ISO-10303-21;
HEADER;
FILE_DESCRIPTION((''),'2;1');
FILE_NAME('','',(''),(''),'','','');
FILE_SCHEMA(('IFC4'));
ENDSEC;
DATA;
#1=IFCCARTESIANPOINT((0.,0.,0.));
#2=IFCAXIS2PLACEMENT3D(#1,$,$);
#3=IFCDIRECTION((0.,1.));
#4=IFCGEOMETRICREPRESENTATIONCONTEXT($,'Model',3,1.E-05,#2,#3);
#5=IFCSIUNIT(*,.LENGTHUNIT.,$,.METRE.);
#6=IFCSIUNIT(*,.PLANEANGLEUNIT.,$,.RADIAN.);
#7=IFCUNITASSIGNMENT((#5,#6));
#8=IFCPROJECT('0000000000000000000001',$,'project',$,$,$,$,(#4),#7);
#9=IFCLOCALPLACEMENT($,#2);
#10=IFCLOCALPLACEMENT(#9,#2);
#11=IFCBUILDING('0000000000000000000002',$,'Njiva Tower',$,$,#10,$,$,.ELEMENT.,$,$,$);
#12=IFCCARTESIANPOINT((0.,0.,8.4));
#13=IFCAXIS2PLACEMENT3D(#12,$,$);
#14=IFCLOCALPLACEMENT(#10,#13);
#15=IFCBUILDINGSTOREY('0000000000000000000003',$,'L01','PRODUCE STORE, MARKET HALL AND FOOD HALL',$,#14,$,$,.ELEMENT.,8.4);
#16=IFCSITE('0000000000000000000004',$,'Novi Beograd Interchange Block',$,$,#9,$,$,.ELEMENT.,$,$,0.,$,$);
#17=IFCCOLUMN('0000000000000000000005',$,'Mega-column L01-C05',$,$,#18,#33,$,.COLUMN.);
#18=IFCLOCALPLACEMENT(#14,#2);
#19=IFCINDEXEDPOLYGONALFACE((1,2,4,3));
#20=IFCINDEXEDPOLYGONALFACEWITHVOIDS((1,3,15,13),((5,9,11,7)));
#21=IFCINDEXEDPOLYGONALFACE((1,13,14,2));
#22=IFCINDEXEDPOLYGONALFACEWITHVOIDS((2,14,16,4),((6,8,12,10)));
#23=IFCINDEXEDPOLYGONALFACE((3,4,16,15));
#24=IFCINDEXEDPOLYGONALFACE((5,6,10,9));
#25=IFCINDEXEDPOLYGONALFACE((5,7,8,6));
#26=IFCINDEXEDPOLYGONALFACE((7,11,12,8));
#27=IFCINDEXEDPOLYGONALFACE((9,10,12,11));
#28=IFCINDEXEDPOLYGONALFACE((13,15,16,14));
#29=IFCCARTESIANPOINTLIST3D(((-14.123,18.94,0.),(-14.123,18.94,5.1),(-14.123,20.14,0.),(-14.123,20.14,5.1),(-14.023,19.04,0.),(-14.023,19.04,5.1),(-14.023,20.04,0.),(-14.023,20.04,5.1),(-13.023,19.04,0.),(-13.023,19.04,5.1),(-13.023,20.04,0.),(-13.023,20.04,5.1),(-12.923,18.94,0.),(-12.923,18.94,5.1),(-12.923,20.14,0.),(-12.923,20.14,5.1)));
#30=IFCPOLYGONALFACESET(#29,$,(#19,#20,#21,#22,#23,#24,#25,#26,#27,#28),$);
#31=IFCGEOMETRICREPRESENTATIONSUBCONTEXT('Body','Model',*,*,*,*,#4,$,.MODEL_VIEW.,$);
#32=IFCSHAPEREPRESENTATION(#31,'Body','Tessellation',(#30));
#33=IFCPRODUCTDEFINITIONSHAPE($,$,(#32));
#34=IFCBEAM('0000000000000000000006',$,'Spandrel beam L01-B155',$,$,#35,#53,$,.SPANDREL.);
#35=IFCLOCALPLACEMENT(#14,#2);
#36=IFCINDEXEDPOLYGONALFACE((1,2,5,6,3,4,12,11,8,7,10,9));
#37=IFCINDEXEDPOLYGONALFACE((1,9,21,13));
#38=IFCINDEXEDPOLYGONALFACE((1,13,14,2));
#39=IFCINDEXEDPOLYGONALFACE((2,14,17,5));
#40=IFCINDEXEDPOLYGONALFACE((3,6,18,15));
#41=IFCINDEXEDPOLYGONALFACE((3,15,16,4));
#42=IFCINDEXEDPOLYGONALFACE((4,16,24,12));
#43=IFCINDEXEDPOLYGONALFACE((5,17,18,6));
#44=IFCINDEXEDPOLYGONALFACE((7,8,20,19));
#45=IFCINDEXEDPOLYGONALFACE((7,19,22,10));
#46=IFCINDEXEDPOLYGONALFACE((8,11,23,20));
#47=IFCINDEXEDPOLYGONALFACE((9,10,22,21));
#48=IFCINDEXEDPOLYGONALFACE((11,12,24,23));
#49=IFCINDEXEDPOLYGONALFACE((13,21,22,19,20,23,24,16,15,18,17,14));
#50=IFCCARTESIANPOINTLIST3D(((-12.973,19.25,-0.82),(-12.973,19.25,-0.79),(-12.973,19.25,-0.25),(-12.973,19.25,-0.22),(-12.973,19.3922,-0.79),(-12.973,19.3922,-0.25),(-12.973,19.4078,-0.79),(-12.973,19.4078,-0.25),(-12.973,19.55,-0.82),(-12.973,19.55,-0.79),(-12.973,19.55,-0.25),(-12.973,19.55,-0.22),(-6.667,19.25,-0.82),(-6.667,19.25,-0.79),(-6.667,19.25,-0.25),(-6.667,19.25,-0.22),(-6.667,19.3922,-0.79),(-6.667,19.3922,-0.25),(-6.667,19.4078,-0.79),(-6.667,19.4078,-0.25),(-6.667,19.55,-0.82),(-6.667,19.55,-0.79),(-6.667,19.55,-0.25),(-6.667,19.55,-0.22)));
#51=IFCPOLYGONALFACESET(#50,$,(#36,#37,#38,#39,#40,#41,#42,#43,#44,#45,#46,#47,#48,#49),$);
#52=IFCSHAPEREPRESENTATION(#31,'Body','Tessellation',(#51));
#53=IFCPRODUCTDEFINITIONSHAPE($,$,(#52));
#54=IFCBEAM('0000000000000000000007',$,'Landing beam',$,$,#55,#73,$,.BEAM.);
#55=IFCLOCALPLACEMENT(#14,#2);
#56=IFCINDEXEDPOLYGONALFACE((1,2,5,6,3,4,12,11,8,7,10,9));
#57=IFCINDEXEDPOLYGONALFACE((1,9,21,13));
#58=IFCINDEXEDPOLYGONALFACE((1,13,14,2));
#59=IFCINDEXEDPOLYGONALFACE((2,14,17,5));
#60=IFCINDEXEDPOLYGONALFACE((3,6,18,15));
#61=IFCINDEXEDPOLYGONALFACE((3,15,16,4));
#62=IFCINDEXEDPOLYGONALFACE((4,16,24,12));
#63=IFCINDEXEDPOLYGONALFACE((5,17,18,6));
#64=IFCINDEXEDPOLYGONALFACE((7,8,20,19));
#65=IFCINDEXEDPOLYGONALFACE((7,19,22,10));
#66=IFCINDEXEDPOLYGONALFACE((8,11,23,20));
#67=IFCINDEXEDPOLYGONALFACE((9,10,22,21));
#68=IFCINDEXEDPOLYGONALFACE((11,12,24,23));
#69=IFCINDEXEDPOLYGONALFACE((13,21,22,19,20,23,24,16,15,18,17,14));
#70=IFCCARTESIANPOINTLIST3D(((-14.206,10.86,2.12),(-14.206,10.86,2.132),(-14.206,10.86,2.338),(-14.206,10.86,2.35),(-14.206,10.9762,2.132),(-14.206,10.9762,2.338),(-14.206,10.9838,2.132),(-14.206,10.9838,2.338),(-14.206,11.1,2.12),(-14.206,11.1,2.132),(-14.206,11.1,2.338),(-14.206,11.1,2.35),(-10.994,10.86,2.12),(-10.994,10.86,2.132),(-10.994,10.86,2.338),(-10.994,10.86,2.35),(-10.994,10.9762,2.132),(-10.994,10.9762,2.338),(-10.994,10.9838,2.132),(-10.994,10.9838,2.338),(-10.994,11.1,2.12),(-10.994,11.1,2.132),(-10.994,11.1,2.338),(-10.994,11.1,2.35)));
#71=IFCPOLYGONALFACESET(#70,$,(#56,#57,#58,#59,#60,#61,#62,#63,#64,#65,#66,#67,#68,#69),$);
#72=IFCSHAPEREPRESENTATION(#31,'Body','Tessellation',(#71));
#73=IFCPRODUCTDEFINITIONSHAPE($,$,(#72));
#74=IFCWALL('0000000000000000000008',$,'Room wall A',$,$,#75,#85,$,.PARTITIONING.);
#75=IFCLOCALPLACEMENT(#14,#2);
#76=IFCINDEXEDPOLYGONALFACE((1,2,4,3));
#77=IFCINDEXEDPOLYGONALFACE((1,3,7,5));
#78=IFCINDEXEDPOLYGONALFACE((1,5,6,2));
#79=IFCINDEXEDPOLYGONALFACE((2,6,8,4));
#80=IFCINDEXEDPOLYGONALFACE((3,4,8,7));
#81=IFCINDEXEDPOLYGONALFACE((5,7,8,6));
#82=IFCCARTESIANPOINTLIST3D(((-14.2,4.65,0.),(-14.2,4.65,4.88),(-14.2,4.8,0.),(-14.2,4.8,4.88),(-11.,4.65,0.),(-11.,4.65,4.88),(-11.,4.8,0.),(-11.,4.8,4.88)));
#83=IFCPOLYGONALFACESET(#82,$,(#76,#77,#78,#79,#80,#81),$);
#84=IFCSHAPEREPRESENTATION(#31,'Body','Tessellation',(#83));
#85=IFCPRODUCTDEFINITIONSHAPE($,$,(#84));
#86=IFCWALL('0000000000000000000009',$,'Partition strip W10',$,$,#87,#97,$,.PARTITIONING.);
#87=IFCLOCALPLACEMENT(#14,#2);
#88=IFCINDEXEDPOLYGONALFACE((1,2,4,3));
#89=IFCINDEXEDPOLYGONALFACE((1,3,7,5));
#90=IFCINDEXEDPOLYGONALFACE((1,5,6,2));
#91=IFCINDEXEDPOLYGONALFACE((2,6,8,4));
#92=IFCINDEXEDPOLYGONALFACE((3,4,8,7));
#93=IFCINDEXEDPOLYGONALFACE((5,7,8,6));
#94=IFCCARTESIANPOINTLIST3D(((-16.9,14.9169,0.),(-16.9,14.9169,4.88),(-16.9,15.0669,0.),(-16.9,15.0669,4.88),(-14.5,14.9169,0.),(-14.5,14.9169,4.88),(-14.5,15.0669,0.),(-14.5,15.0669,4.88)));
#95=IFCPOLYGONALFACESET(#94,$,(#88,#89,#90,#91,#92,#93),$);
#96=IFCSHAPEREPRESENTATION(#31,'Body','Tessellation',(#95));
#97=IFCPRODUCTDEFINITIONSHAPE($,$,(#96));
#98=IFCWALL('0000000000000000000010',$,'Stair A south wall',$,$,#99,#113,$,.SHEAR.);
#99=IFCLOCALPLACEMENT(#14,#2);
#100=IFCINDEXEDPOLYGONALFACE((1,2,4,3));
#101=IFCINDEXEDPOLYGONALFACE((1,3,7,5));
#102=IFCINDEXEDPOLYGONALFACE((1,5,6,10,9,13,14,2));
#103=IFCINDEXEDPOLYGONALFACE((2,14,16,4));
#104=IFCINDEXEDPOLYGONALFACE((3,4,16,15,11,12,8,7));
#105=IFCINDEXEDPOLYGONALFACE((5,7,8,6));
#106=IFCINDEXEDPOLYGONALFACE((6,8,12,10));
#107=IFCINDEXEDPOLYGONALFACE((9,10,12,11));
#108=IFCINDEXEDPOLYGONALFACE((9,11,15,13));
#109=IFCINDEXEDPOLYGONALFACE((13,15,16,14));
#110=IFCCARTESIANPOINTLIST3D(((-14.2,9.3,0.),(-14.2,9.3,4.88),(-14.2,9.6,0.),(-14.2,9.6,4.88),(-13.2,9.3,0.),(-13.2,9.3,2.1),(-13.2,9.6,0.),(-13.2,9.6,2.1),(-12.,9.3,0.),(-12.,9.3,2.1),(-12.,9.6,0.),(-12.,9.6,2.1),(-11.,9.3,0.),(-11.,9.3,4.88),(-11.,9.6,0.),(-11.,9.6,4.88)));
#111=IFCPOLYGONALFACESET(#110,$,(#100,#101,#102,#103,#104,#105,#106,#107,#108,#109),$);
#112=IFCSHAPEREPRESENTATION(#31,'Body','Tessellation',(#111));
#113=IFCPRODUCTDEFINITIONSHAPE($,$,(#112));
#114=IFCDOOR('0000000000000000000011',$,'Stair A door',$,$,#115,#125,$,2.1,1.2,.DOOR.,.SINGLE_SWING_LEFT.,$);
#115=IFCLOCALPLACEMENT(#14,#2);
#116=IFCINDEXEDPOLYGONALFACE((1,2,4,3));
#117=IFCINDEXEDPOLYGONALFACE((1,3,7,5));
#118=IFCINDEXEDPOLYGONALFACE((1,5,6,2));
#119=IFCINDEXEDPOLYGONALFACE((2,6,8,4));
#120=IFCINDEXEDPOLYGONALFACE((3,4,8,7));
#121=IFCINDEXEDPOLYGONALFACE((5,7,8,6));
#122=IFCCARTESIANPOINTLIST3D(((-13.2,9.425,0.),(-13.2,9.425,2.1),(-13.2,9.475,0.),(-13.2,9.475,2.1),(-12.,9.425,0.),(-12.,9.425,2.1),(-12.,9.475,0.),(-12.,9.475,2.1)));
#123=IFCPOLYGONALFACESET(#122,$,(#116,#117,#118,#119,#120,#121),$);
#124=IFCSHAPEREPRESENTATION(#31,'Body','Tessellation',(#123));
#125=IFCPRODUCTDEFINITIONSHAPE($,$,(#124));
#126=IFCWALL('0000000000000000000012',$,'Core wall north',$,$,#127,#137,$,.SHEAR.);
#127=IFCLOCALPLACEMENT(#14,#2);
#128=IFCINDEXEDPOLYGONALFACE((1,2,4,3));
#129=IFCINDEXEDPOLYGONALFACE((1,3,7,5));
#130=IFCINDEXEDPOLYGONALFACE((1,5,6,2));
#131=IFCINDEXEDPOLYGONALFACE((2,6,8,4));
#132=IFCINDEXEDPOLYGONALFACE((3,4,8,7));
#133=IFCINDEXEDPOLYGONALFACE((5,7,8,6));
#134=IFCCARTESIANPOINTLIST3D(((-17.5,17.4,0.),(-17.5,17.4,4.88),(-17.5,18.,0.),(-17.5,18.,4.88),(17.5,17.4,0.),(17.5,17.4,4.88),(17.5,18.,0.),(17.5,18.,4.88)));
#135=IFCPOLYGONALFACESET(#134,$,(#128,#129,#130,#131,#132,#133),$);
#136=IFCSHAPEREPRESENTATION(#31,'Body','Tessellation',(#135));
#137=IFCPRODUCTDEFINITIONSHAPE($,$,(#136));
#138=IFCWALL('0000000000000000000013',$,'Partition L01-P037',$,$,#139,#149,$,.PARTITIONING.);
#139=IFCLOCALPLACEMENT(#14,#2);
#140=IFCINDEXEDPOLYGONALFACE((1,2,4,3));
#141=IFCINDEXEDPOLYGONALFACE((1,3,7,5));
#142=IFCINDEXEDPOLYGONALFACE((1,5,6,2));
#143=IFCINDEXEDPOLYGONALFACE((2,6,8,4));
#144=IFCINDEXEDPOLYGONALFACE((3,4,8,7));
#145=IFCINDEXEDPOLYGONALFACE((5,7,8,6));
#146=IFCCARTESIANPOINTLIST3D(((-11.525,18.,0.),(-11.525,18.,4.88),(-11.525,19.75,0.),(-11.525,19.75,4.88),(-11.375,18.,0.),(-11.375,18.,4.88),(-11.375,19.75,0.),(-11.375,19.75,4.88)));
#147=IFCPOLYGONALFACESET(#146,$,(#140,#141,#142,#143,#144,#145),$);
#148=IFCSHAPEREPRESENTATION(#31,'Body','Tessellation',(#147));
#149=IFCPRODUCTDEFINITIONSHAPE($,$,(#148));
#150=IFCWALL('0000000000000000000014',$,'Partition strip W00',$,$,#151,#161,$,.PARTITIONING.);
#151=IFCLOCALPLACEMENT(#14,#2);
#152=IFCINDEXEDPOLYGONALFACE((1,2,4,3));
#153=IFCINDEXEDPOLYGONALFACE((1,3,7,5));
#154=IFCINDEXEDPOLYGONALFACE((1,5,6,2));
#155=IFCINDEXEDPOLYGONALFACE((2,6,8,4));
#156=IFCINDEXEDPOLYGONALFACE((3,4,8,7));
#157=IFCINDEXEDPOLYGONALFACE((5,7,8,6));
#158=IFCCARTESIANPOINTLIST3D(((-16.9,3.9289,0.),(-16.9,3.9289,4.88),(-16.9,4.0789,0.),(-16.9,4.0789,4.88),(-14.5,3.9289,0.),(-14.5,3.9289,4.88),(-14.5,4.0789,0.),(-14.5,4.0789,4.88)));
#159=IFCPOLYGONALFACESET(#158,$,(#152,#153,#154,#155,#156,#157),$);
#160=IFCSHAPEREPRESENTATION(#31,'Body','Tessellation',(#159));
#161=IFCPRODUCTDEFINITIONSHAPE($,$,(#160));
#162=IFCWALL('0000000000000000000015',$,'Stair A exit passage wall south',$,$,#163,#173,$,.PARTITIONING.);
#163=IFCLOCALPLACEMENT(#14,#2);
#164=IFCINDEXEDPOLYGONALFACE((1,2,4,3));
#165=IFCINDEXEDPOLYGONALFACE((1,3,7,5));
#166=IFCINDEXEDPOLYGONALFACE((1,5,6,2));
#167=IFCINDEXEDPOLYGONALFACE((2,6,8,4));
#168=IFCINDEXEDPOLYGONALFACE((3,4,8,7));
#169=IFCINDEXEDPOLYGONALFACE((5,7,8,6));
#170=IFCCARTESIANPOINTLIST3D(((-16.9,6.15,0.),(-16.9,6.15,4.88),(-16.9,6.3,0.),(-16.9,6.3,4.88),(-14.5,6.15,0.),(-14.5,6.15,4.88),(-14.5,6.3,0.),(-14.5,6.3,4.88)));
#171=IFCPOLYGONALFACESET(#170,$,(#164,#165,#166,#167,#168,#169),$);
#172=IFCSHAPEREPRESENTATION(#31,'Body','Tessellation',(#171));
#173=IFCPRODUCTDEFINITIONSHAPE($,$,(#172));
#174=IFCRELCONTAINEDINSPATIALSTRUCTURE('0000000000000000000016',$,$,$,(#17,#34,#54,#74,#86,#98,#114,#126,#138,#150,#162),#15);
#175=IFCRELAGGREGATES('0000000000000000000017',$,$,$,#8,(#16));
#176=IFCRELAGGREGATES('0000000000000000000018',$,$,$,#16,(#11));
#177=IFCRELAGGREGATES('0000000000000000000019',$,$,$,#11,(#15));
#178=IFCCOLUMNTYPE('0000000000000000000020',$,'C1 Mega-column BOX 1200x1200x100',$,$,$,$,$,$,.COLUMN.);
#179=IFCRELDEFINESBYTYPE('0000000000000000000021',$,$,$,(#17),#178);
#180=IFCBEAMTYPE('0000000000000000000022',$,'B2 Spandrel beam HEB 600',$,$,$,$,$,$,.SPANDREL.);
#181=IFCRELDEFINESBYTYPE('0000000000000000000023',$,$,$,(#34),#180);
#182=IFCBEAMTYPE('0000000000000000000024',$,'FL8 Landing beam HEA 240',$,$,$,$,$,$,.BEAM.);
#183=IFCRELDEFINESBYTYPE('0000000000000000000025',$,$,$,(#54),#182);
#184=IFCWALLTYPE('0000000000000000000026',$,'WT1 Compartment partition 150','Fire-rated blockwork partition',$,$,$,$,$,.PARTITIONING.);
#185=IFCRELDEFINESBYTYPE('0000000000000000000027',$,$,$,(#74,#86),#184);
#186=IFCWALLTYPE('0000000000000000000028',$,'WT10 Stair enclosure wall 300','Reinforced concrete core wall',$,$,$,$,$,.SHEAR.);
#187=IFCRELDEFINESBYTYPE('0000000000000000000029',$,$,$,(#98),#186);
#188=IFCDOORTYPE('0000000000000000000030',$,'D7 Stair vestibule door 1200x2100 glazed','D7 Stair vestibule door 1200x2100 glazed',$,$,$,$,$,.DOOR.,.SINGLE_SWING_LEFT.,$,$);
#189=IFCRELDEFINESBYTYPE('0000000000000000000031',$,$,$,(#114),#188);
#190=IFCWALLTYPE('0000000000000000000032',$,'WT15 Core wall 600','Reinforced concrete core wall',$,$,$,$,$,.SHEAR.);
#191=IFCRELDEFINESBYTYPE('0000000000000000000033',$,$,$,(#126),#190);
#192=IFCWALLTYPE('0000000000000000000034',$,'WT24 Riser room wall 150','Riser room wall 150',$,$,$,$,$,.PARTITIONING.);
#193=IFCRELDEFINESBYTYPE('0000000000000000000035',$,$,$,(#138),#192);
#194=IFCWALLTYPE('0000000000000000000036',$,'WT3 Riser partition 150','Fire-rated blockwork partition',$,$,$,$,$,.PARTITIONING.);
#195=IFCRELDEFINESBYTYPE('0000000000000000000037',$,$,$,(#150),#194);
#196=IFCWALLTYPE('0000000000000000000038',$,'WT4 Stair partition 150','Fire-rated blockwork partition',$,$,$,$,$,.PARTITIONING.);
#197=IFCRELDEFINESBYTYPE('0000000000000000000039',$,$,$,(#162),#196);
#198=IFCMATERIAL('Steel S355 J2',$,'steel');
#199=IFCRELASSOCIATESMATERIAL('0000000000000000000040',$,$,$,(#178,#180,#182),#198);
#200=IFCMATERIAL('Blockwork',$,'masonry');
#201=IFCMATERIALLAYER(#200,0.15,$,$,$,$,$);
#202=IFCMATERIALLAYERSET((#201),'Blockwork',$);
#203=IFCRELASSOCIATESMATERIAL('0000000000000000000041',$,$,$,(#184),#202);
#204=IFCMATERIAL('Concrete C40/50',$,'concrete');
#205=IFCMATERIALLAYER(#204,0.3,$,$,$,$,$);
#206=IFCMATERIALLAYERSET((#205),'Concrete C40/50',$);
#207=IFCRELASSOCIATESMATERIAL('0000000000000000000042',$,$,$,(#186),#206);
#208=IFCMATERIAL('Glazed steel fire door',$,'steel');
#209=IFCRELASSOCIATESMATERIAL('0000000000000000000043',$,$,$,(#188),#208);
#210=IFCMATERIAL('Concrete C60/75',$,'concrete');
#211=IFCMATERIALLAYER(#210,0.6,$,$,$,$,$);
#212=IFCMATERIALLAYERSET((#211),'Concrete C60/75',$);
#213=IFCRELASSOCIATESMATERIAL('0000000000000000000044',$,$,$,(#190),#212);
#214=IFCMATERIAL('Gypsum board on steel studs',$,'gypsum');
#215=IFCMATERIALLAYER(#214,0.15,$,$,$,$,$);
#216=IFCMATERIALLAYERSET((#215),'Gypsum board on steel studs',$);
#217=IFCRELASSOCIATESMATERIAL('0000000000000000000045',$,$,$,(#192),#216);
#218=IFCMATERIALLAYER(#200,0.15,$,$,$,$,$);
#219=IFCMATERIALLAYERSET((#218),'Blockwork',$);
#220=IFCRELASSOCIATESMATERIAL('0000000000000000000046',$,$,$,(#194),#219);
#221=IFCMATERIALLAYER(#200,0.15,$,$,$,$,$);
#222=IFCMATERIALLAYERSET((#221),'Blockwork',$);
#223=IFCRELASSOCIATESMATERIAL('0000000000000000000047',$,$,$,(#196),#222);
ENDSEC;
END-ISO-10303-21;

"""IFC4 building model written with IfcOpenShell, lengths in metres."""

from ifc_helpers import new_model, si_unit, direction, frame, frame_2d, origin, origin_2d, place, context, subcontext, project, spatial, rectangle, hollow_rectangle, i_section, extrude, material, layer, layer_set, material_profile, profile_set, type_object, element, fill, save


model = new_model("IFC4")

# Units and contexts
model_context = context("Model", 3, precision=1e-05, world=origin(), true_north=direction((0.0, 1.0)))
body_context = subcontext(model_context, "Body", "Model", "MODEL_VIEW")
ifc_project = project(units=[si_unit("LENGTHUNIT", "METRE"), si_unit("PLANEANGLEUNIT", "RADIAN")], contexts=[model_context])

# Site, building, storey
site_placement = place(None, origin())
site = spatial("IfcSite", under=ifc_project, at=site_placement, Name="Novi Beograd Interchange Block", CompositionType="ELEMENT", RefElevation=0.0)
building_placement = place(site_placement, origin())
building = spatial("IfcBuilding", under=site, at=building_placement, Name="Njiva Tower", CompositionType="ELEMENT")
storey_placement = place(building_placement, frame((0.0, 0.0, 8.4)))
storey = spatial("IfcBuildingStorey", under=building, at=storey_placement, Name="L01", Description="PRODUCE STORE, MARKET HALL AND FOOD HALL", CompositionType="ELEMENT", Elevation=8.4)

# Column
ifc_material_1 = material(Name="Steel S355 J2", Category="steel")
ifc_material_profile_1 = material_profile(ifc_material_1, hollow_rectangle(XDim=1.2, YDim=1.2, WallThickness=0.1, at=origin_2d()), Name="BOX 1200x1200x100")
ifc_profile_set_1 = profile_set([ifc_material_profile_1], Name="Steel S355 J2")
column_type = type_object("IfcColumnType", Name="C1 Mega-column BOX 1200x1200x100", PredefinedType="COLUMN", material=ifc_profile_set_1)
column_placement = place(storey_placement, frame((-13.523, 19.54, 0.0), z_axis=(0.0, 0.0, 1.0), x_axis=(-1.0, 0.0, 0.0)))
element("IfcColumn", 1, at=column_placement, inside=storey, type_object=column_type, Name="Mega-column L01-C05", PredefinedType="COLUMN", context=body_context, shape_type="SweptSolid", body=[
    extrude(hollow_rectangle(XDim=1.2, YDim=1.2, WallThickness=0.1, at=origin_2d()), origin(), (0.0, 0.0, 1.0), 5.1),
])

# Beams
ifc_material_profile_2 = material_profile(ifc_material_1, i_section(OverallWidth=0.3, OverallDepth=0.6, WebThickness=0.0155, FlangeThickness=0.03, at=origin_2d()), Name="HEB 600")
ifc_profile_set_2 = profile_set([ifc_material_profile_2], Name="Steel S355 J2")
beam_type_1 = type_object("IfcBeamType", Name="B2 Spandrel beam HEB 600", PredefinedType="SPANDREL", material=ifc_profile_set_2)
beam_1_placement = place(storey_placement, frame((-12.973, 19.4, -0.52), z_axis=(1.0, 0.0, 0.0), x_axis=(0.0, 1.0, 0.0)))
element("IfcBeam", 2, at=beam_1_placement, inside=storey, type_object=beam_type_1, Name="Spandrel beam L01-B155", PredefinedType="SPANDREL", context=body_context, shape_type="SweptSolid", body=[
    extrude(i_section(OverallWidth=0.3, OverallDepth=0.6, WebThickness=0.0155, FlangeThickness=0.03, at=origin_2d()), origin(), (0.0, 0.0, 1.0), 6.306),
])
ifc_material_profile_3 = material_profile(ifc_material_1, i_section(OverallWidth=0.24, OverallDepth=0.23, WebThickness=0.0075, FlangeThickness=0.012, at=origin_2d()), Name="HEA240")
ifc_profile_set_3 = profile_set([ifc_material_profile_3], Name="Steel S355 J2")
beam_type_2 = type_object("IfcBeamType", Name="FL8 Landing beam HEA 240", PredefinedType="BEAM", material=ifc_profile_set_3)
beam_2_placement = place(storey_placement, frame((-14.206, 10.98, 2.235), z_axis=(1.0, 0.0, 0.0), x_axis=(0.0, 1.0, 0.0)))
element("IfcBeam", 3, at=beam_2_placement, inside=storey, type_object=beam_type_2, Name="Landing beam", PredefinedType="BEAM", context=body_context, shape_type="SweptSolid", body=[
    extrude(i_section(OverallWidth=0.24, OverallDepth=0.23, WebThickness=0.0075, FlangeThickness=0.012, at=origin_2d()), origin(), (0.0, 0.0, 1.0), 3.212),
])

# Walls
ifc_material_2 = material(Name="Blockwork", Category="masonry")
ifc_layer_1 = layer(ifc_material_2, 0.15)
ifc_layer_set_1 = layer_set([ifc_layer_1], Name="Blockwork")
wall_type_1 = type_object("IfcWallType", Name="WT1 Compartment partition 150", Description="Fire-rated blockwork partition", PredefinedType="PARTITIONING", material=ifc_layer_set_1)
wall_1_placement = place(storey_placement, frame((-14.2, 4.725, 0.0), z_axis=(0.0, 0.0, 1.0), x_axis=(1.0, 0.0, 0.0)))
element("IfcWall", 4, at=wall_1_placement, inside=storey, type_object=wall_type_1, Name="Room wall A", PredefinedType="PARTITIONING", context=body_context, shape_type="SweptSolid", body=[
    extrude(rectangle(XDim=3.2, YDim=0.15, at=frame_2d((1.6, 0.0))), origin(), (0.0, 0.0, 1.0), 4.88),
])
wall_2_placement = place(storey_placement, frame((-16.9, 14.9919, 0.0), z_axis=(0.0, 0.0, 1.0), x_axis=(1.0, 0.0, 0.0)))
element("IfcWall", 5, at=wall_2_placement, inside=storey, type_object=wall_type_1, Name="Partition strip W10", PredefinedType="PARTITIONING", context=body_context, shape_type="SweptSolid", body=[
    extrude(rectangle(XDim=2.4, YDim=0.15, at=frame_2d((1.2, 0.0))), origin(), (0.0, 0.0, 1.0), 4.88),
])

# Wall, opening, door
ifc_material_3 = material(Name="Concrete C40/50", Category="concrete")
ifc_layer_2 = layer(ifc_material_3, 0.3)
ifc_layer_set_2 = layer_set([ifc_layer_2], Name="Concrete C40/50")
wall_type_2 = type_object("IfcWallType", Name="WT10 Stair enclosure wall 300", Description="Reinforced concrete core wall", PredefinedType="SHEAR", material=ifc_layer_set_2)
wall_3_placement = place(storey_placement, frame((-14.2, 9.45, 0.0), z_axis=(0.0, 0.0, 1.0), x_axis=(1.0, 0.0, 0.0)))
wall_3 = element("IfcWall", 6, at=wall_3_placement, inside=storey, type_object=wall_type_2, Name="Stair A south wall", PredefinedType="SHEAR", context=body_context, shape_type="SweptSolid", body=[
    extrude(rectangle(XDim=3.2, YDim=0.3, at=frame_2d((1.6, 0.0))), origin(), (0.0, 0.0, 1.0), 4.88),
])
opening_placement = place(wall_3_placement, frame((1.0, 0.0, 0.0)))
opening = element("IfcOpeningElement", 7, at=opening_placement, cuts=wall_3, PredefinedType="OPENING", context=body_context, shape_type="SweptSolid", body=[
    extrude(rectangle(XDim=1.2, YDim=2.1, at=frame_2d((0.6, 1.05))), frame((0.0, 0.16, 0.0), z_axis=(0.0, -1.0, 0.0), x_axis=(1.0, 0.0, 0.0)), (0.0, 0.0, 1.0), 0.32),
])
ifc_material_4 = material(Name="Glazed steel fire door", Category="steel")
door_type = type_object("IfcDoorType", Name="D7 Stair vestibule door 1200x2100 glazed", Description="D7 Stair vestibule door 1200x2100 glazed", OperationType="SINGLE_SWING_LEFT", PredefinedType="DOOR", material=ifc_material_4)
door_placement = place(opening_placement, origin())
door = element("IfcDoor", 8, at=door_placement, inside=storey, type_object=door_type, Name="Stair A door", OperationType="SINGLE_SWING_LEFT", OverallHeight=2.1, OverallWidth=1.2, PredefinedType="DOOR", context=body_context, shape_type="SweptSolid", body=[
    extrude(rectangle(XDim=1.2, YDim=2.1, at=frame_2d((0.6, 1.05))), frame((0.0, 0.025, 0.0), z_axis=(0.0, -1.0, 0.0), x_axis=(1.0, 0.0, 0.0)), (0.0, 0.0, 1.0), 0.05),
])
fill(opening, door)

# Walls
ifc_material_5 = material(Name="Concrete C60/75", Category="concrete")
ifc_layer_3 = layer(ifc_material_5, 0.6)
ifc_layer_set_3 = layer_set([ifc_layer_3], Name="Concrete C60/75")
wall_type_3 = type_object("IfcWallType", Name="WT15 Core wall 600", Description="Reinforced concrete core wall", PredefinedType="SHEAR", material=ifc_layer_set_3)
wall_4_placement = place(storey_placement, frame((-17.5, 17.7, 0.0), z_axis=(0.0, 0.0, 1.0), x_axis=(1.0, 0.0, 0.0)))
element("IfcWall", 9, at=wall_4_placement, inside=storey, type_object=wall_type_3, Name="Core wall north", PredefinedType="SHEAR", context=body_context, shape_type="SweptSolid", body=[
    extrude(rectangle(XDim=35.0, YDim=0.6, at=frame_2d((17.5, 0.0))), origin(), (0.0, 0.0, 1.0), 4.88),
])
ifc_material_6 = material(Name="Gypsum board on steel studs", Category="gypsum")
ifc_layer_4 = layer(ifc_material_6, 0.15)
ifc_layer_set_4 = layer_set([ifc_layer_4], Name="Gypsum board on steel studs")
wall_type_4 = type_object("IfcWallType", Name="WT24 Riser room wall 150", Description="Riser room wall 150", PredefinedType="PARTITIONING", material=ifc_layer_set_4)
wall_5_placement = place(storey_placement, frame((-11.45, 18.0, 0.0), z_axis=(0.0, 0.0, 1.0), x_axis=(0.0, 1.0, 0.0)))
element("IfcWall", 10, at=wall_5_placement, inside=storey, type_object=wall_type_4, Name="Partition L01-P037", PredefinedType="PARTITIONING", context=body_context, shape_type="SweptSolid", body=[
    extrude(rectangle(XDim=1.75, YDim=0.15, at=frame_2d((0.875, 0.0))), origin(), (0.0, 0.0, 1.0), 4.88),
])
ifc_layer_5 = layer(ifc_material_2, 0.15)
ifc_layer_set_5 = layer_set([ifc_layer_5], Name="Blockwork")
wall_type_5 = type_object("IfcWallType", Name="WT3 Riser partition 150", Description="Fire-rated blockwork partition", PredefinedType="PARTITIONING", material=ifc_layer_set_5)
wall_6_placement = place(storey_placement, frame((-16.9, 4.0039, 0.0), z_axis=(0.0, 0.0, 1.0), x_axis=(1.0, 0.0, 0.0)))
element("IfcWall", 11, at=wall_6_placement, inside=storey, type_object=wall_type_5, Name="Partition strip W00", PredefinedType="PARTITIONING", context=body_context, shape_type="SweptSolid", body=[
    extrude(rectangle(XDim=2.4, YDim=0.15, at=frame_2d((1.2, 0.0))), origin(), (0.0, 0.0, 1.0), 4.88),
])
ifc_layer_6 = layer(ifc_material_2, 0.15)
ifc_layer_set_6 = layer_set([ifc_layer_6], Name="Blockwork")
wall_type_6 = type_object("IfcWallType", Name="WT4 Stair partition 150", Description="Fire-rated blockwork partition", PredefinedType="PARTITIONING", material=ifc_layer_set_6)
for number, where, z_axis, x_axis, name in (
    (12, (-16.9, 6.225, 0.0), (0.0, 0.0, 1.0), (1.0, 0.0, 0.0), "Stair A exit passage wall south"),
):
    element("IfcWall", number, at=place(storey_placement, frame(where, z_axis=z_axis, x_axis=x_axis)), inside=storey, type_object=wall_type_6, Name=name, PredefinedType="PARTITIONING", context=body_context, shape_type="SweptSolid", body=[
        extrude(rectangle(XDim=2.4, YDim=0.15, at=frame_2d((1.2, 0.0))), origin(), (0.0, 0.0, 1.0), 4.88),
    ])

save(model, "model.ifc")
